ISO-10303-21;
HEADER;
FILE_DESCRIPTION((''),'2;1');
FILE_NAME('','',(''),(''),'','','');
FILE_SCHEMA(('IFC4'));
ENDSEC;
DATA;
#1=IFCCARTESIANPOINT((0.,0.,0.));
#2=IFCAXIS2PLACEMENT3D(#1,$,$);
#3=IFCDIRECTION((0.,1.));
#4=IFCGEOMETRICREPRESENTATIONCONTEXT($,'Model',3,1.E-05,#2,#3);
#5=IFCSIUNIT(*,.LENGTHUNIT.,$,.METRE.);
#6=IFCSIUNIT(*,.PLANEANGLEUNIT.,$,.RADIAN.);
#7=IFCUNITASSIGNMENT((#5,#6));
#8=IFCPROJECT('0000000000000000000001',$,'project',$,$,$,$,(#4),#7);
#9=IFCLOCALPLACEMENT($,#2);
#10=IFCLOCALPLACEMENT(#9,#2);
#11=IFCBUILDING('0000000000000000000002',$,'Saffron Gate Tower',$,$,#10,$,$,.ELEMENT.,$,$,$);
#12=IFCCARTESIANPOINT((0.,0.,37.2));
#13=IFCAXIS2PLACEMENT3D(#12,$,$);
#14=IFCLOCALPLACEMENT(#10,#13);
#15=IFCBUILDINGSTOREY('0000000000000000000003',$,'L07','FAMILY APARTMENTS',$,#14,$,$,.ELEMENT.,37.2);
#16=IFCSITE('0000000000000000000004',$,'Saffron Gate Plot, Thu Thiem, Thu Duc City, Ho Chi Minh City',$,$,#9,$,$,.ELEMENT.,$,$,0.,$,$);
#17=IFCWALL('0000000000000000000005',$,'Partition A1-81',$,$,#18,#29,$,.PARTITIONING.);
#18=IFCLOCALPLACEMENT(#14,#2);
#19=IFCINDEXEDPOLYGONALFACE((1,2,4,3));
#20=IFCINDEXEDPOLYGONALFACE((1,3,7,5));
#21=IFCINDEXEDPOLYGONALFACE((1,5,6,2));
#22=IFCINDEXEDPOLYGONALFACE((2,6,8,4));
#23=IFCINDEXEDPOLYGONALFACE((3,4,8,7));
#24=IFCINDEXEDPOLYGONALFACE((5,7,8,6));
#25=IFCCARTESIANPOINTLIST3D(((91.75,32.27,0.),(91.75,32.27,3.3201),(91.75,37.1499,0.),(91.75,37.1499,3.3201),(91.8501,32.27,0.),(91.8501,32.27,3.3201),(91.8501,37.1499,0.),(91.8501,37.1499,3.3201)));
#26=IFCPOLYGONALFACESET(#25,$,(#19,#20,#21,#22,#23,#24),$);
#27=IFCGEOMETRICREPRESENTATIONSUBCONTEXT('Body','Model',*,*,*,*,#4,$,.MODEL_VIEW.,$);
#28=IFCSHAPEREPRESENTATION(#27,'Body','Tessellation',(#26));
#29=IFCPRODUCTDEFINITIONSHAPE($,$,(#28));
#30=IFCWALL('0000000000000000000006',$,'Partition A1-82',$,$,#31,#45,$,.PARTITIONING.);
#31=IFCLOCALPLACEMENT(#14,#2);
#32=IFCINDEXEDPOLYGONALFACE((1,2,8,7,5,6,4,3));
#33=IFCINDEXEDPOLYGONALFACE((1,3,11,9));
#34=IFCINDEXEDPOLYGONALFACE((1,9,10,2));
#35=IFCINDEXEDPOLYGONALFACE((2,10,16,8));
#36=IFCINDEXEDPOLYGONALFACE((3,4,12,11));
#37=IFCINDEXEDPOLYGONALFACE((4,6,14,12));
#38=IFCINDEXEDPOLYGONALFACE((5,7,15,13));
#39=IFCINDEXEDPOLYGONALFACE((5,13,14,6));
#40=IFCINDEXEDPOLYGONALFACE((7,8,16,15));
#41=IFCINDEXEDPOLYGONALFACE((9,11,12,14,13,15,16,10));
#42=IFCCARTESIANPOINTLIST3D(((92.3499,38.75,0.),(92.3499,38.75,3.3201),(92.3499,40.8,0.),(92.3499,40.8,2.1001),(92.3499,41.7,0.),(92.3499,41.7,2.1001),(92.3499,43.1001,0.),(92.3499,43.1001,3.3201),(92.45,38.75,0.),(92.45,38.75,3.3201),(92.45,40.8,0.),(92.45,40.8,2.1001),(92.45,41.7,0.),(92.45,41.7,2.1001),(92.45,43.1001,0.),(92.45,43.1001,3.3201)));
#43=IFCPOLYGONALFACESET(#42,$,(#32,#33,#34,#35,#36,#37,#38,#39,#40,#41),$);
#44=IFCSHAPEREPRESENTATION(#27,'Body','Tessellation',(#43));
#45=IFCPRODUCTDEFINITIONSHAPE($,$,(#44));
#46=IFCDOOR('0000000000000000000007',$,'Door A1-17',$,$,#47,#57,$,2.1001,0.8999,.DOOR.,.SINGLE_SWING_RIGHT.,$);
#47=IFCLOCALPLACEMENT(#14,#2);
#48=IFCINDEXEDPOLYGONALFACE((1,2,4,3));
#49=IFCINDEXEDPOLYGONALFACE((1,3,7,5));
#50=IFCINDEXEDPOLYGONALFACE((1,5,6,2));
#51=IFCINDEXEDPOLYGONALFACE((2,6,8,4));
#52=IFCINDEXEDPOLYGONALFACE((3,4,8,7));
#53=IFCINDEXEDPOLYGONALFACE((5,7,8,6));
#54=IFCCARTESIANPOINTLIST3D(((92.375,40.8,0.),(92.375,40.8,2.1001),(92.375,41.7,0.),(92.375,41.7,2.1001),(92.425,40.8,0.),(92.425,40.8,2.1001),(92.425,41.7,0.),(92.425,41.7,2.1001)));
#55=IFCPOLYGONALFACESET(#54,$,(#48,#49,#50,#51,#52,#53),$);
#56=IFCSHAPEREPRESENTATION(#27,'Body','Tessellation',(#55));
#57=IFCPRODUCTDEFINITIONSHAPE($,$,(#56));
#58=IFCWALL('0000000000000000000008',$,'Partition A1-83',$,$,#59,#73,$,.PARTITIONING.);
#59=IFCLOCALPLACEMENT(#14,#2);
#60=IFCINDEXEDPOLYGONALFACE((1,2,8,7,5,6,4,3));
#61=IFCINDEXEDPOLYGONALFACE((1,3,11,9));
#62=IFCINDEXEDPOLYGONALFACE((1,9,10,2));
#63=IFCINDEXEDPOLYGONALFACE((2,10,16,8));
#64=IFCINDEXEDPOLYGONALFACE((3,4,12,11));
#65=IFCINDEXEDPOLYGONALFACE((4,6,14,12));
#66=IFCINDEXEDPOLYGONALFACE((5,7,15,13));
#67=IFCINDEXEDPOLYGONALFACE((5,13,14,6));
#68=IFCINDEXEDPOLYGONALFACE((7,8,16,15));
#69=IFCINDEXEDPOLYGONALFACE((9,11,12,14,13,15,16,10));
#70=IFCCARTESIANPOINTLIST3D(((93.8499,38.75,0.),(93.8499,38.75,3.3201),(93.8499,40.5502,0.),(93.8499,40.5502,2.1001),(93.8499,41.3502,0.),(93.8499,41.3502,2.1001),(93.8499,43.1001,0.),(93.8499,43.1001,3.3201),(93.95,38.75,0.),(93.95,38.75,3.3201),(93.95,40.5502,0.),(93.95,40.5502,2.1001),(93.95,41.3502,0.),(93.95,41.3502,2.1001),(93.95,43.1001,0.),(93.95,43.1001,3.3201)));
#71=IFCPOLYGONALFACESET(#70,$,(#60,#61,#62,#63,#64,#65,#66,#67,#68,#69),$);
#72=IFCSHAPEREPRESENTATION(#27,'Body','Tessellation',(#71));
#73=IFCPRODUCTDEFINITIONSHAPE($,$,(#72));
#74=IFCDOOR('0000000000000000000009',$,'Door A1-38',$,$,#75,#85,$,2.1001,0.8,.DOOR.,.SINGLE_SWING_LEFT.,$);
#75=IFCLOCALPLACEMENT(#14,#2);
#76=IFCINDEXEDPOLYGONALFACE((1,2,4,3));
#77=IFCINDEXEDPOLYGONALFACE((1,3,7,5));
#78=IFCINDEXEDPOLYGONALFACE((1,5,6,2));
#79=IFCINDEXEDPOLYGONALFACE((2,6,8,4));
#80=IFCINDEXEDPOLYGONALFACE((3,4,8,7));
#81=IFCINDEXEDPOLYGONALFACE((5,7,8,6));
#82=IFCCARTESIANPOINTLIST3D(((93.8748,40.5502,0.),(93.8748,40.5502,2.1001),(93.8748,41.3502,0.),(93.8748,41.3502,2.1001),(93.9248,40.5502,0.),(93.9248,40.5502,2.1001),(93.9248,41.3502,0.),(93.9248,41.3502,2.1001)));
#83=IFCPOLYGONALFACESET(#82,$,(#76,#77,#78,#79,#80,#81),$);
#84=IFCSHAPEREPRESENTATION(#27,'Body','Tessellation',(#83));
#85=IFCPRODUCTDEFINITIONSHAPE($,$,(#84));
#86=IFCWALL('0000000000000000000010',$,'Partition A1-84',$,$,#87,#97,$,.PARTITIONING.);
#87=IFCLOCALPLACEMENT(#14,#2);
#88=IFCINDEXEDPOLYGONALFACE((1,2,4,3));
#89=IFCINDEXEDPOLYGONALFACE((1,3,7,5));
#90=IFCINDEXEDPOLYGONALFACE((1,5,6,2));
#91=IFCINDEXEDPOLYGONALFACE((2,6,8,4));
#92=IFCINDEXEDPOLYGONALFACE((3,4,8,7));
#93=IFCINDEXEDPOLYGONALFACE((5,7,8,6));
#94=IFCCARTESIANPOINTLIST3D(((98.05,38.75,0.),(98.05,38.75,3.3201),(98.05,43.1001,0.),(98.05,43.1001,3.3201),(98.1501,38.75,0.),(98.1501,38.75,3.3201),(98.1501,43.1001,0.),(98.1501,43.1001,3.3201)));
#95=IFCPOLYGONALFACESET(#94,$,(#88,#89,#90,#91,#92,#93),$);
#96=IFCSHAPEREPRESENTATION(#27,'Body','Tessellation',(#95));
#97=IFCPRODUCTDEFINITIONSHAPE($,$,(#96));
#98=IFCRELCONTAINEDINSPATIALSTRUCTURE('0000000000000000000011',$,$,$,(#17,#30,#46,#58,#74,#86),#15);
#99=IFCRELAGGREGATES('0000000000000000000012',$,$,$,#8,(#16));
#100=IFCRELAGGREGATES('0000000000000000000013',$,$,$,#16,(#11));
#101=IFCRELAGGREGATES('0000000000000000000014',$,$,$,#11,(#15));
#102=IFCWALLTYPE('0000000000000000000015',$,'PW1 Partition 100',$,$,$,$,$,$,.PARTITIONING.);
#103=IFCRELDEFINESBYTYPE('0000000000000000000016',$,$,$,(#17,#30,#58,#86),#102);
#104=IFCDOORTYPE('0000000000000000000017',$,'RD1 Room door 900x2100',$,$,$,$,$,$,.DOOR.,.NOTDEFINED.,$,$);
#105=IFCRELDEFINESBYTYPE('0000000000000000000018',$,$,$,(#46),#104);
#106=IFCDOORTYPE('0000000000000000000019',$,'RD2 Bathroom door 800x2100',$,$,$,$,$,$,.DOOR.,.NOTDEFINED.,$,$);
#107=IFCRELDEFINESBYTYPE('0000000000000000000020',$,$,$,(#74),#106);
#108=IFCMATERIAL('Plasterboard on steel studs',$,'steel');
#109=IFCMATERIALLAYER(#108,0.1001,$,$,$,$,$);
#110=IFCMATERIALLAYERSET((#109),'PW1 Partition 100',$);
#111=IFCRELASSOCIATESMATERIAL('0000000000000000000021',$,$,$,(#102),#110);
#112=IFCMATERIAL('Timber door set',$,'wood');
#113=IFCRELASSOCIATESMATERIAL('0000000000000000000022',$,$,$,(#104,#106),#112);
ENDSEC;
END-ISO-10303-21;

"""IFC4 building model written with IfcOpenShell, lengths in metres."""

from ifc_helpers import new_model, si_unit, direction, frame, frame_2d, origin, place, context, subcontext, project, spatial, rectangle, extrude, material, layer, layer_set, type_object, element, fill, save


model = new_model("IFC4")

# Units and contexts
model_context = context("Model", 3, precision=1e-05, world=origin(), true_north=direction((0.0, 1.0)))
body_context = subcontext(model_context, "Body", "Model", "MODEL_VIEW")
ifc_project = project(units=[si_unit("LENGTHUNIT", "METRE"), si_unit("PLANEANGLEUNIT", "RADIAN")], contexts=[model_context])

# Site, building, storey
site_placement = place(None, origin())
site = spatial("IfcSite", under=ifc_project, at=site_placement, Name="Saffron Gate Plot, Thu Thiem, Thu Duc City, Ho Chi Minh City", CompositionType="ELEMENT", RefElevation=0.0)
building_placement = place(site_placement, origin())
building = spatial("IfcBuilding", under=site, at=building_placement, Name="Saffron Gate Tower", CompositionType="ELEMENT")
storey_placement = place(building_placement, frame((0.0, 0.0, 37.2)))
storey = spatial("IfcBuildingStorey", under=building, at=storey_placement, Name="L07", Description="FAMILY APARTMENTS", CompositionType="ELEMENT", Elevation=37.2)

# Shared definitions
ifc_material_1 = material(Name="Plasterboard on steel studs", Category="steel")
ifc_layer = layer(ifc_material_1, 0.1001)
ifc_layer_set = layer_set([ifc_layer], Name="PW1 Partition 100")
wall_type = type_object("IfcWallType", Name="PW1 Partition 100", PredefinedType="PARTITIONING", material=ifc_layer_set)
ifc_material_2 = material(Name="Timber door set", Category="wood")
door_type_1 = type_object("IfcDoorType", Name="RD1 Room door 900x2100", OperationType="NOTDEFINED", PredefinedType="DOOR", material=ifc_material_2)

# Shared definitions
door_type_2 = type_object("IfcDoorType", Name="RD2 Bathroom door 800x2100", OperationType="NOTDEFINED", PredefinedType="DOOR", material=ifc_material_2)

# Wall
wall_1_placement = place(storey_placement, frame((91.8, 37.1499, 0.0), z_axis=(0.0, 0.0, 1.0), x_axis=(0.0, -1.0, 0.0)))
element("IfcWall", 1, at=wall_1_placement, inside=storey, type_object=wall_type, Name="Partition A1-81", PredefinedType="PARTITIONING", context=body_context, shape_type="SweptSolid", body=[
    extrude(rectangle(XDim=4.8799, YDim=0.1001, at=frame_2d((2.4399, 0.0))), origin(), (0.0, 0.0, 1.0), 3.3201),
])

# Walls, openings, doors
wall_2_placement = place(storey_placement, frame((92.3999, 38.75, 0.0), z_axis=(0.0, 0.0, 1.0), x_axis=(0.0, 1.0, 0.0)))
wall_2 = element("IfcWall", 2, at=wall_2_placement, inside=storey, type_object=wall_type, Name="Partition A1-82", PredefinedType="PARTITIONING", context=body_context, shape_type="SweptSolid", body=[
    extrude(rectangle(XDim=4.3501, YDim=0.1001, at=frame_2d((2.175, 0.0))), origin(), (0.0, 0.0, 1.0), 3.3201),
])
opening_1_placement = place(wall_2_placement, frame((2.05, 0.0, 0.0)))
opening_1 = element("IfcOpeningElement", 3, at=opening_1_placement, cuts=wall_2, PredefinedType="OPENING", context=body_context, shape_type="SweptSolid", body=[
    extrude(rectangle(XDim=0.8999, YDim=2.1001, at=frame_2d((0.45, 1.05))), frame((0.0, 0.0601, 0.0), z_axis=(0.0, -1.0, 0.0), x_axis=(1.0, 0.0, 0.0)), (0.0, 0.0, 1.0), 0.1201),
])
door_1_placement = place(opening_1_placement, origin())
door_1 = element("IfcDoor", 4, at=door_1_placement, inside=storey, type_object=door_type_1, Name="Door A1-17", OperationType="SINGLE_SWING_RIGHT", OverallHeight=2.1001, OverallWidth=0.8999, PredefinedType="DOOR", context=body_context, shape_type="SweptSolid", body=[
    extrude(rectangle(XDim=0.8999, YDim=2.1001, at=frame_2d((0.45, 1.05))), frame((0.0, 0.0249, 0.0), z_axis=(0.0, -1.0, 0.0), x_axis=(1.0, 0.0, 0.0)), (0.0, 0.0, 1.0), 0.05),
])
fill(opening_1, door_1)
wall_3_placement = place(storey_placement, frame((93.8999, 43.1001, 0.0), z_axis=(0.0, 0.0, 1.0), x_axis=(0.0, -1.0, 0.0)))
wall_3 = element("IfcWall", 5, at=wall_3_placement, inside=storey, type_object=wall_type, Name="Partition A1-83", PredefinedType="PARTITIONING", context=body_context, shape_type="SweptSolid", body=[
    extrude(rectangle(XDim=4.3501, YDim=0.1001, at=frame_2d((2.175, 0.0))), origin(), (0.0, 0.0, 1.0), 3.3201),
])
opening_2_placement = place(wall_3_placement, frame((1.75, 0.0, 0.0)))
opening_2 = element("IfcOpeningElement", 6, at=opening_2_placement, cuts=wall_3, PredefinedType="OPENING", context=body_context, shape_type="SweptSolid", body=[
    extrude(rectangle(XDim=0.8, YDim=2.1001, at=frame_2d((0.3999, 1.05))), frame((0.0, 0.0601, 0.0), z_axis=(0.0, -1.0, 0.0), x_axis=(1.0, 0.0, 0.0)), (0.0, 0.0, 1.0), 0.1201),
])
door_2_placement = place(opening_2_placement, origin())
door_2 = element("IfcDoor", 7, at=door_2_placement, inside=storey, type_object=door_type_2, Name="Door A1-38", OperationType="SINGLE_SWING_LEFT", OverallHeight=2.1001, OverallWidth=0.8, PredefinedType="DOOR", context=body_context, shape_type="SweptSolid", body=[
    extrude(rectangle(XDim=0.8, YDim=2.1001, at=frame_2d((0.3999, 1.05))), frame((0.0, 0.0249, 0.0), z_axis=(0.0, -1.0, 0.0), x_axis=(1.0, 0.0, 0.0)), (0.0, 0.0, 1.0), 0.05),
])
fill(opening_2, door_2)

# Wall
wall_4_placement = place(storey_placement, frame((98.1001, 43.1001, 0.0), z_axis=(0.0, 0.0, 1.0), x_axis=(0.0, -1.0, 0.0)))
element("IfcWall", 8, at=wall_4_placement, inside=storey, type_object=wall_type, Name="Partition A1-84", PredefinedType="PARTITIONING", context=body_context, shape_type="SweptSolid", body=[
    extrude(rectangle(XDim=4.3501, YDim=0.1001, at=frame_2d((2.175, 0.0))), origin(), (0.0, 0.0, 1.0), 3.3201),
])

save(model, "model.ifc")
